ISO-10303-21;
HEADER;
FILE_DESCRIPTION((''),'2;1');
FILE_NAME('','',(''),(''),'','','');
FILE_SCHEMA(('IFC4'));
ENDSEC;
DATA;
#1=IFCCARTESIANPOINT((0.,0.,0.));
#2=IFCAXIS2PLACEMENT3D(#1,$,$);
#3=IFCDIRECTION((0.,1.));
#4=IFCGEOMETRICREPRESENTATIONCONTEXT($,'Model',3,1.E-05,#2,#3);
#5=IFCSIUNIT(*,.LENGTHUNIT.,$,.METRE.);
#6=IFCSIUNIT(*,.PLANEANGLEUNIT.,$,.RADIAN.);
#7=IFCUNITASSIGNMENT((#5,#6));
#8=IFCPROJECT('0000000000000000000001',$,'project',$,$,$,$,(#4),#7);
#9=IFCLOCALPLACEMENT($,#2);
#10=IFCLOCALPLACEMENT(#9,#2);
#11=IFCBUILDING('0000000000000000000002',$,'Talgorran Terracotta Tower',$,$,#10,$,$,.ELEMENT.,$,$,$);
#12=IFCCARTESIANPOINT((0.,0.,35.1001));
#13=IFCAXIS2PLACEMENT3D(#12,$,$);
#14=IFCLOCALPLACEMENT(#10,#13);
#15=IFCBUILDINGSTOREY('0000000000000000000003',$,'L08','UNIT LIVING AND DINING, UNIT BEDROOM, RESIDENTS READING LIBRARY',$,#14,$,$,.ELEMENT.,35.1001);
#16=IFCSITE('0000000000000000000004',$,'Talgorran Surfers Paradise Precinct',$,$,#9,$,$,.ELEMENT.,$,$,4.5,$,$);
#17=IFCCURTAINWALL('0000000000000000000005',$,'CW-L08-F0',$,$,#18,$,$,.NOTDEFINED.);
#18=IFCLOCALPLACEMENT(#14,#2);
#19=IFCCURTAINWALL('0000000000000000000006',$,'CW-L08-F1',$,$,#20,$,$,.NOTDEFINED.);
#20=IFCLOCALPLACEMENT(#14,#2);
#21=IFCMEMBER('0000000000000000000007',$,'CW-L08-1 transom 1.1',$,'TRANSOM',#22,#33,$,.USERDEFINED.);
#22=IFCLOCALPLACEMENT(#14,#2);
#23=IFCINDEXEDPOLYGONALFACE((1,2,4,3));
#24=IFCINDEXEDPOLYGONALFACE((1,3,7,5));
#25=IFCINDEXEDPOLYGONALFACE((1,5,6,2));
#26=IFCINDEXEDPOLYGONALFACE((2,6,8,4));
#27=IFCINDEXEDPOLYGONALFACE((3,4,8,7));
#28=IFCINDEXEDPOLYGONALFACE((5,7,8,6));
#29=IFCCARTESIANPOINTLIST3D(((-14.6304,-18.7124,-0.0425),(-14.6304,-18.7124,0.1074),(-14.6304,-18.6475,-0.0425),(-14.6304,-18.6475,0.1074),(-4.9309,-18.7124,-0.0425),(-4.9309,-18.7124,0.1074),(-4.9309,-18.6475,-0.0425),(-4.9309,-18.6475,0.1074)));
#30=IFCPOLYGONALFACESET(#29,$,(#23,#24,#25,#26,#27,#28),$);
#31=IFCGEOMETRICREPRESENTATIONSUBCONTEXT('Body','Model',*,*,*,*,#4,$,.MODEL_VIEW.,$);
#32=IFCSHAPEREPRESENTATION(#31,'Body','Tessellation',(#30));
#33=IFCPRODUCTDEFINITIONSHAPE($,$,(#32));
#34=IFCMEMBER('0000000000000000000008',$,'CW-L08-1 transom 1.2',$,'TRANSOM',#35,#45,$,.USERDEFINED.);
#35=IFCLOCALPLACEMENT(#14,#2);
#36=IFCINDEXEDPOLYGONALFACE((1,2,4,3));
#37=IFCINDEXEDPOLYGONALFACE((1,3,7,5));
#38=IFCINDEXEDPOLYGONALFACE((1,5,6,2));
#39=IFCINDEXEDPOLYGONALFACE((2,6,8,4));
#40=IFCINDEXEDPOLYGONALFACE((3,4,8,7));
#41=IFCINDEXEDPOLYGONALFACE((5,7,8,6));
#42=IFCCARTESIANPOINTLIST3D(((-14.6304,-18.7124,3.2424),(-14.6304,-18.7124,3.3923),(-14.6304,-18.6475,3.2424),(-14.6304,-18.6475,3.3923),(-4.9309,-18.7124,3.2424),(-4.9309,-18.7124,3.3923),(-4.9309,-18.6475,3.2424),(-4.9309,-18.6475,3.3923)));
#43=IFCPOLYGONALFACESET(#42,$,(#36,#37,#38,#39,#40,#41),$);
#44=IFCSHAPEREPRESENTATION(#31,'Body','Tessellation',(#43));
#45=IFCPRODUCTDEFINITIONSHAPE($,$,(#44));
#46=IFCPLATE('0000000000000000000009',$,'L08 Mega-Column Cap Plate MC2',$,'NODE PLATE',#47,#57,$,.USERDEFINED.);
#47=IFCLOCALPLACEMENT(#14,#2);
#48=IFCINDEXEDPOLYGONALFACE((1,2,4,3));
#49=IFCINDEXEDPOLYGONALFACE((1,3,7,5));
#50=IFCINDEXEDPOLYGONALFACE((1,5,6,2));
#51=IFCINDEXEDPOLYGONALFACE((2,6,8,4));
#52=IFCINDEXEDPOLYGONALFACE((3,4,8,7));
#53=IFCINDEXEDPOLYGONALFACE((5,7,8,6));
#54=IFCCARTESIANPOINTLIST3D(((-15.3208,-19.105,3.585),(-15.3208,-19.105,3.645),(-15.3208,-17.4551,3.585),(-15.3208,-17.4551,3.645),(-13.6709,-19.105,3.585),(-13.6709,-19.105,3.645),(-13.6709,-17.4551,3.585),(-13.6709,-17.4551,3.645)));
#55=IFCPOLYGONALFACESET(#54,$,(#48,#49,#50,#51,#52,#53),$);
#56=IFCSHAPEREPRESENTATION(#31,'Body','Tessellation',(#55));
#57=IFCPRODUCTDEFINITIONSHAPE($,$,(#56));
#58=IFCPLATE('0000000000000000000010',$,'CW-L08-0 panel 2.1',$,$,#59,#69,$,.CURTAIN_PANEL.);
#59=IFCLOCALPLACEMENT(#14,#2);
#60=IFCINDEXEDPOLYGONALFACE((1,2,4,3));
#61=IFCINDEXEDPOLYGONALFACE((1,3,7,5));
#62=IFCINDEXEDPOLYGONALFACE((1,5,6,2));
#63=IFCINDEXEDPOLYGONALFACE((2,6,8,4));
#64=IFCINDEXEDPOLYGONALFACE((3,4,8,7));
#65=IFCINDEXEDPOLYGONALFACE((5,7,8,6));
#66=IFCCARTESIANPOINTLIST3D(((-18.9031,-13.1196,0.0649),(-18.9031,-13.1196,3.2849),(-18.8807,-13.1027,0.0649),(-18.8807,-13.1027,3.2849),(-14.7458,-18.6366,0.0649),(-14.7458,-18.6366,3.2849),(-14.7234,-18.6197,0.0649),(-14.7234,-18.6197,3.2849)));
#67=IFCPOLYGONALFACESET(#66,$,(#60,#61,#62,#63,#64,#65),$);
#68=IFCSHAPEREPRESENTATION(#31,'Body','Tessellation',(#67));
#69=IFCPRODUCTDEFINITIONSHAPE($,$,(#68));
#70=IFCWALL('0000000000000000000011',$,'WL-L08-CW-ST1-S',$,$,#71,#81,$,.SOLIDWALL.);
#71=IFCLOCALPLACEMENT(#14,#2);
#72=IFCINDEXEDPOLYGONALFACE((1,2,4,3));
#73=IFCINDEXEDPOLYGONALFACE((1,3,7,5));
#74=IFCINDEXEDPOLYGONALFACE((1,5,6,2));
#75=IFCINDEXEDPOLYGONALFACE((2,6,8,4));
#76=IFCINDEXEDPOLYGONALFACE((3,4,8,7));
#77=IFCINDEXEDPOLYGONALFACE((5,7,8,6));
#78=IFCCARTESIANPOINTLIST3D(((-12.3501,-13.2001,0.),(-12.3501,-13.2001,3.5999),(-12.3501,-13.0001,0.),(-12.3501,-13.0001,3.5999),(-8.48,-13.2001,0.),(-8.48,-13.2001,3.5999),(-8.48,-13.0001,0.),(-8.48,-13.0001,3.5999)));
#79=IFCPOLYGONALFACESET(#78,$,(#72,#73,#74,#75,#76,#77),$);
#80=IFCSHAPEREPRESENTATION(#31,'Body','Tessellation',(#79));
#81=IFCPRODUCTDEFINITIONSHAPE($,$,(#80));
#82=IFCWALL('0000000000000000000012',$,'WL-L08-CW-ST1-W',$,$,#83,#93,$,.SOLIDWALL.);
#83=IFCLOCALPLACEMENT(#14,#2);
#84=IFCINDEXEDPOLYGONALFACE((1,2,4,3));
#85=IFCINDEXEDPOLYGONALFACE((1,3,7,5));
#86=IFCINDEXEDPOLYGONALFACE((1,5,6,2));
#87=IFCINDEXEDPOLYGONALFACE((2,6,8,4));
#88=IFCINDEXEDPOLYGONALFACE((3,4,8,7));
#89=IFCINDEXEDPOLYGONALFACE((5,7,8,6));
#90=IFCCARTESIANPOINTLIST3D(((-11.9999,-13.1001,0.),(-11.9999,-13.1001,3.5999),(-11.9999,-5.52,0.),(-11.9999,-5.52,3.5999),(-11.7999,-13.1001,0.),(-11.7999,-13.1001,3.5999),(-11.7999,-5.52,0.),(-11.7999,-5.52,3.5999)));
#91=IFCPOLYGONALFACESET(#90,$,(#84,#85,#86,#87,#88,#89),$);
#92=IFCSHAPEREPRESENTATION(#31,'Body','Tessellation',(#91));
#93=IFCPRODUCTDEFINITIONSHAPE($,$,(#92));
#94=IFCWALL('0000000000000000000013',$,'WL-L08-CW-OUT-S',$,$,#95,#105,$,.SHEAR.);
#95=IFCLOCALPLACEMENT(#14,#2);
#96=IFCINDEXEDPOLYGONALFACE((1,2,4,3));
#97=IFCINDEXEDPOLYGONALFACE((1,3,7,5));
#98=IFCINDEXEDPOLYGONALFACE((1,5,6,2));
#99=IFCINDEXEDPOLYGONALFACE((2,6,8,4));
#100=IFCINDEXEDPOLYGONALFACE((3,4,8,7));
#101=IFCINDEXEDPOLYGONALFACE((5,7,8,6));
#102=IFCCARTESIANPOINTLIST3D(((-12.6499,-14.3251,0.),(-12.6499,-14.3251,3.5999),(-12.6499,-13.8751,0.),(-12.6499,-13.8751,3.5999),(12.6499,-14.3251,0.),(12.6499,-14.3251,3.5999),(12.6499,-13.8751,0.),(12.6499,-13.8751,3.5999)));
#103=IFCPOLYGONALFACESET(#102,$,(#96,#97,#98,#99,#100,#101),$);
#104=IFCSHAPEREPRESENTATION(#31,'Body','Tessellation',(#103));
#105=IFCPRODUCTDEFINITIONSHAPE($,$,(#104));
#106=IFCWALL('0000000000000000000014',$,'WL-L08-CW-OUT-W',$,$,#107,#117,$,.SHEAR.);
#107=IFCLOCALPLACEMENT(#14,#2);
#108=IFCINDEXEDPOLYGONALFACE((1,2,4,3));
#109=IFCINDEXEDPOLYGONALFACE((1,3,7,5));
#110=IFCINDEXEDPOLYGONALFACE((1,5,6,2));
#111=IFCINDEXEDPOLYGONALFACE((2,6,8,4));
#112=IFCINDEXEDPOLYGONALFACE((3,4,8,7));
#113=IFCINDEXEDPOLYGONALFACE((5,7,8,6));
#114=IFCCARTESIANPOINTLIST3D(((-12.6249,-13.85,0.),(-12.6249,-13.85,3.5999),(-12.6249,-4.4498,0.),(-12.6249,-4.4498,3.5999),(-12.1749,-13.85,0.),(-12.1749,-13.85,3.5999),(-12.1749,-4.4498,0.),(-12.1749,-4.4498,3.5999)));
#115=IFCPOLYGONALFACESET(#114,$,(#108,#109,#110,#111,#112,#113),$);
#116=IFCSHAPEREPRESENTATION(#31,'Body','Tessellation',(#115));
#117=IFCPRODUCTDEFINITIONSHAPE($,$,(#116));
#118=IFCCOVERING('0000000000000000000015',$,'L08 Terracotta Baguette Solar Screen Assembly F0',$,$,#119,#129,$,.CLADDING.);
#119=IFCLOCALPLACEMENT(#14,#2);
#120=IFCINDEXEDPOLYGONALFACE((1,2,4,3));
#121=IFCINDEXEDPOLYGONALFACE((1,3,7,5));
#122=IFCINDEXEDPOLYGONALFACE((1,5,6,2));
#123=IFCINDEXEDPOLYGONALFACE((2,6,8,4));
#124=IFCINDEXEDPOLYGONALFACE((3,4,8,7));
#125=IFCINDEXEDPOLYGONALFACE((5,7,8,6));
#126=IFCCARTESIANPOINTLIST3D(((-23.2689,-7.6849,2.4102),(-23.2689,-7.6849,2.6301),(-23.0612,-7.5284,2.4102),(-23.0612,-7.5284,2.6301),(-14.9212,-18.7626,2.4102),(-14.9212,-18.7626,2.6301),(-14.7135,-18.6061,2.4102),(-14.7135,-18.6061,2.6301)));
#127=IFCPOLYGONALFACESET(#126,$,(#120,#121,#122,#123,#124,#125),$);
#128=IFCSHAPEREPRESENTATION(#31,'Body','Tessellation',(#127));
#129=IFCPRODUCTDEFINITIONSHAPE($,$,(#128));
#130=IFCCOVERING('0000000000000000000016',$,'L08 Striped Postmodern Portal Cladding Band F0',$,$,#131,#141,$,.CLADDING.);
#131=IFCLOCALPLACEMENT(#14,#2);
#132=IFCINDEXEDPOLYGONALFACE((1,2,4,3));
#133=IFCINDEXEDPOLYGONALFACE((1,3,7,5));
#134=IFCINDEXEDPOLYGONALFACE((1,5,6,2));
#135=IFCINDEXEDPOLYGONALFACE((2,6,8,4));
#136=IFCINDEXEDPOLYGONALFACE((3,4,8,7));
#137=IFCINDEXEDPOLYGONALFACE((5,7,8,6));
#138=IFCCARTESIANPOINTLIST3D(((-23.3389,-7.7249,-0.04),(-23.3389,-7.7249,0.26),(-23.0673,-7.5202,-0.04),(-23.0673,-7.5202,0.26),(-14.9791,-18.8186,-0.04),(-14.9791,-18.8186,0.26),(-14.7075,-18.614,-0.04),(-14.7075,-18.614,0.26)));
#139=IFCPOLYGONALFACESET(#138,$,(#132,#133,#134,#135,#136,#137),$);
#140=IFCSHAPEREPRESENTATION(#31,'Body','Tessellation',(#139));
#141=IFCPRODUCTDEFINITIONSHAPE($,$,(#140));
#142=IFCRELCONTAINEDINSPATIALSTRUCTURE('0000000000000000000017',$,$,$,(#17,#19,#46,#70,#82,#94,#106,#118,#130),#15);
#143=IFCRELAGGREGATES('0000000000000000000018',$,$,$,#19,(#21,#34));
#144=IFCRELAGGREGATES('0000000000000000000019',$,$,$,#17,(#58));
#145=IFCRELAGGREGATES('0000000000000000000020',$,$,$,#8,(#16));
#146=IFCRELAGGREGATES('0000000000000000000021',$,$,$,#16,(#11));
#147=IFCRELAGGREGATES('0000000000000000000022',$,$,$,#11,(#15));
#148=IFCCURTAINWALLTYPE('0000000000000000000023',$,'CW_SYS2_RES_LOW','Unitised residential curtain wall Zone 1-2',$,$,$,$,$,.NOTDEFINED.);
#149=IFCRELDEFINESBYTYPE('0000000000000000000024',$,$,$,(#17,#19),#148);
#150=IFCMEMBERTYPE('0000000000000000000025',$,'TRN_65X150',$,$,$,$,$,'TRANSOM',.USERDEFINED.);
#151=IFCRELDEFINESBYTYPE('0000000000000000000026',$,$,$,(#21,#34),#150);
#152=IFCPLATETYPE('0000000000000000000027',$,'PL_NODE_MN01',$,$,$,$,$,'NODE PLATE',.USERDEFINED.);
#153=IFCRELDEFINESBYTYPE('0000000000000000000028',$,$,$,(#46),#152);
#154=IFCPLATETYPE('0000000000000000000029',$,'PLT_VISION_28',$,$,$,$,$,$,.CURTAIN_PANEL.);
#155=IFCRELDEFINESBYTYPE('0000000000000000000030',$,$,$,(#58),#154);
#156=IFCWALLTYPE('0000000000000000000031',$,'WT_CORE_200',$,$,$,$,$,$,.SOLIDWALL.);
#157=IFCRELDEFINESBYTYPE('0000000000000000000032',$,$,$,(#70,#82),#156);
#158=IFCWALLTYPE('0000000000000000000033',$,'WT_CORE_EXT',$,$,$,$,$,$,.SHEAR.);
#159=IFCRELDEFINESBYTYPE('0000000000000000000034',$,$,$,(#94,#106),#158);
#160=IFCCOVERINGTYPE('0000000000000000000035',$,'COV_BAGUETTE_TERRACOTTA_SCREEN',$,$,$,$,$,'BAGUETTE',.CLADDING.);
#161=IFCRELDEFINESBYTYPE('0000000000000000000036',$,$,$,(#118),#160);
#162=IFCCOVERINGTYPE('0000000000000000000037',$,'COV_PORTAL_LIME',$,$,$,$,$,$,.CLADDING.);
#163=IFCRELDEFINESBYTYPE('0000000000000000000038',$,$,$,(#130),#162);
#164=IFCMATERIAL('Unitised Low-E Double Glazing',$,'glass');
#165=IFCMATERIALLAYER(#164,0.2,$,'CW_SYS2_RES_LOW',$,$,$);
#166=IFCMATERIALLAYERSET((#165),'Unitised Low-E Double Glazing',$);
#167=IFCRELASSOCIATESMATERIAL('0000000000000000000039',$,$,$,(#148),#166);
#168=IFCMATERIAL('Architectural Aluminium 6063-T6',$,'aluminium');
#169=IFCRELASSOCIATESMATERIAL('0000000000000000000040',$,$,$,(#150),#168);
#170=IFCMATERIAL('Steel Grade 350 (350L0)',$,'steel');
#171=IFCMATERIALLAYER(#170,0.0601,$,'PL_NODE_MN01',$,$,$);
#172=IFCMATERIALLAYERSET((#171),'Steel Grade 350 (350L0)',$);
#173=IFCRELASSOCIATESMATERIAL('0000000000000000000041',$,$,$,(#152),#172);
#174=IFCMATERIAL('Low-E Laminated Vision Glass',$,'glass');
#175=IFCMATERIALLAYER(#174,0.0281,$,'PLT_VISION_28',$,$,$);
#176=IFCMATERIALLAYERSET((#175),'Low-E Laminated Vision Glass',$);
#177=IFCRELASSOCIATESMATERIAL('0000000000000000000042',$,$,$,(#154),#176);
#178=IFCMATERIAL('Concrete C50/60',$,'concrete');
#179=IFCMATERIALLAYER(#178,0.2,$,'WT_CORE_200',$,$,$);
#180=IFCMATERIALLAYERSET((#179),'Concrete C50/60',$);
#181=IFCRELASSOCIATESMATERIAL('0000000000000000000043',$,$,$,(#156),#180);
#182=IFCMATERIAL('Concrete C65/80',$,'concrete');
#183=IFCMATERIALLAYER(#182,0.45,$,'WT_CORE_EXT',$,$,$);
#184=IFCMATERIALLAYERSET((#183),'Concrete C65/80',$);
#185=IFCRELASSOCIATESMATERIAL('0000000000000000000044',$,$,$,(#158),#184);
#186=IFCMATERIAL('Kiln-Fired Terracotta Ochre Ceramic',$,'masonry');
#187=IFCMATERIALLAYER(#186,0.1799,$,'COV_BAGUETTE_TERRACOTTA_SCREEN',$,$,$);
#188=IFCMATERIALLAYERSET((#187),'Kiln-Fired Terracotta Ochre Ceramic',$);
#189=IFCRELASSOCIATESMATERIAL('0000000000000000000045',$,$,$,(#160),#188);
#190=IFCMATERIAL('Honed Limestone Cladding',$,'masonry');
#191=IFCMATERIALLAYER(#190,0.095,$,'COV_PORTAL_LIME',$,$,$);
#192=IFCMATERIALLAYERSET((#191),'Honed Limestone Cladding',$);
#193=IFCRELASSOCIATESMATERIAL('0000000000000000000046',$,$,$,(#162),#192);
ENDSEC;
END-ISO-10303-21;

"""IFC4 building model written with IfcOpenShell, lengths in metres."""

from ifc_helpers import new_model, si_unit, direction, frame, frame_2d, origin, origin_2d, place, context, subcontext, project, spatial, rectangle, extrude, source, transform, mapped, material, layer, layer_set, material_profile, profile_set, type_object, type_shapes, element, aggregate, save


model = new_model("IFC4")

# Units and contexts
model_context = context("Model", 3, precision=1e-05, world=origin(), true_north=direction((0.0, 1.0)))
body_context = subcontext(model_context, "Body", "Model", "MODEL_VIEW")
ifc_project = project(units=[si_unit("LENGTHUNIT", "METRE"), si_unit("PLANEANGLEUNIT", "RADIAN")], contexts=[model_context])

# Site, building, storey
site_placement = place(None, origin())
site = spatial("IfcSite", under=ifc_project, at=site_placement, Name="Talgorran Surfers Paradise Precinct", CompositionType="ELEMENT", RefElevation=4.5)
building_placement = place(site_placement, origin())
building = spatial("IfcBuilding", under=site, at=building_placement, Name="Talgorran Terracotta Tower", CompositionType="ELEMENT")
storey_placement = place(building_placement, frame((0.0, 0.0, 35.1001)))
storey = spatial("IfcBuildingStorey", under=building, at=storey_placement, Name="L08", Description="UNIT LIVING AND DINING, UNIT BEDROOM, RESIDENTS READING LIBRARY", CompositionType="ELEMENT", Elevation=35.1001)

# Shared definitions
ifc_material_1 = material(Name="Steel Grade 350 (350L0)", Category="steel")

# Curtain wall
ifc_material_2 = material(Name="Unitised Low-E Double Glazing", Category="glass")
ifc_layer_1 = layer(ifc_material_2, 0.2, Name="CW_SYS2_RES_LOW")
ifc_layer_set_1 = layer_set([ifc_layer_1], Name="Unitised Low-E Double Glazing")
curtain_wall_type = type_object("IfcCurtainWallType", Name="CW_SYS2_RES_LOW", Description="Unitised residential curtain wall Zone 1-2", PredefinedType="NOTDEFINED", material=ifc_layer_set_1)
curtain_wall_1_placement = place(storey_placement, origin())
curtain_wall_1 = element("IfcCurtainWall", 1, at=curtain_wall_1_placement, inside=storey, type_object=curtain_wall_type, Name="CW-L08-F0", PredefinedType="NOTDEFINED")
ifc_material_3 = material(Name="Architectural Aluminium 6063-T6", Category="aluminium")

# Curtain wall
curtain_wall_2_placement = place(storey_placement, origin())
curtain_wall_2 = element("IfcCurtainWall", 2, at=curtain_wall_2_placement, inside=storey, type_object=curtain_wall_type, Name="CW-L08-F1", PredefinedType="NOTDEFINED")

# Members
ifc_material_profile_1 = material_profile(ifc_material_3, rectangle(XDim=0.0649, YDim=0.1499, at=origin_2d()), Name="CWT65X150")
ifc_profile_set_1 = profile_set([ifc_material_profile_1], Name="Architectural Aluminium 6063-T6")
member_type_1 = type_object("IfcMemberType", Name="TRN_65X150", ElementType="TRANSOM", PredefinedType="USERDEFINED", material=ifc_profile_set_1)
member_1_placement = place(storey_placement, frame((-14.6304, -18.6799, 0.0325), z_axis=(1.0, 0.0, 0.0), x_axis=(0.0, 1.0, 0.0)))
member_1 = element("IfcMember", 3, at=member_1_placement, type_object=member_type_1, Name="CW-L08-1 transom 1.1", ObjectType="TRANSOM", PredefinedType="USERDEFINED", context=body_context, shape_type="SweptSolid", body=[
    extrude(rectangle(XDim=0.0649, YDim=0.1499, at=origin_2d()), origin(), (0.0, 0.0, 1.0), 9.6995),
])
member_2_placement = place(storey_placement, frame((-14.6304, -18.6799, 3.3174), z_axis=(1.0, 0.0, 0.0), x_axis=(0.0, 1.0, 0.0)))
member_2 = element("IfcMember", 4, at=member_2_placement, type_object=member_type_1, Name="CW-L08-1 transom 1.2", ObjectType="TRANSOM", PredefinedType="USERDEFINED", context=body_context, shape_type="SweptSolid", body=[
    extrude(rectangle(XDim=0.0649, YDim=0.1499, at=origin_2d()), origin(), (0.0, 0.0, 1.0), 9.6995),
])
aggregate(curtain_wall_2, [member_1, member_2])

# Plates
ifc_layer_2 = layer(ifc_material_1, 0.0601, Name="PL_NODE_MN01")
ifc_layer_set_2 = layer_set([ifc_layer_2], Name="Steel Grade 350 (350L0)")
plate_type_1 = type_object("IfcPlateType", Name="PL_NODE_MN01", ElementType="NODE PLATE", PredefinedType="USERDEFINED", material=ifc_layer_set_2)
plate_1_placement = place(storey_placement, frame((-14.4958, -18.28, 3.585), z_axis=(0.0, 0.0, 1.0), x_axis=(1.0, 0.0, 0.0)))
element("IfcPlate", 5, at=plate_1_placement, inside=storey, type_object=plate_type_1, Name="L08 Mega-Column Cap Plate MC2", ObjectType="NODE PLATE", PredefinedType="USERDEFINED", context=body_context, shape_type="SweptSolid", body=[
    extrude(rectangle(XDim=1.6499, YDim=1.6499, at=origin_2d()), origin(), (0.0, 0.0, 1.0), 0.0601),
])
ifc_material_4 = material(Name="Low-E Laminated Vision Glass", Category="glass")
ifc_layer_3 = layer(ifc_material_4, 0.0281, Name="PLT_VISION_28")
ifc_layer_set_3 = layer_set([ifc_layer_3], Name="Low-E Laminated Vision Glass")
plate_type_2 = type_object("IfcPlateType", Name="PLT_VISION_28", PredefinedType="CURTAIN_PANEL", material=ifc_layer_set_3)
shared_shape = source(origin(), body_context, "Body", "SweptSolid", [
    extrude(rectangle(XDim=6.908, YDim=0.0281, at=origin_2d()), origin(), (0.0, 0.0, 1.0), 3.22),
])
type_shapes(plate_type_2, [shared_shape])
plate_2_placement = place(storey_placement, frame((-16.8132, -15.8696, 0.0649), z_axis=(0.0, 0.0, 1.0), x_axis=(0.601812, -0.798638, 0.0)))
plate_2 = element("IfcPlate", 6, at=plate_2_placement, type_object=plate_type_2, Name="CW-L08-0 panel 2.1", PredefinedType="CURTAIN_PANEL", context=body_context, shape_type="MappedRepresentation", body=[
    mapped(shared_shape, transform((0.0, 0.0, 0.0), scale=1.0)),
])
aggregate(curtain_wall_1, [plate_2])

# Walls
ifc_material_5 = material(Name="Concrete C50/60", Category="concrete")
ifc_layer_4 = layer(ifc_material_5, 0.2, Name="WT_CORE_200")
ifc_layer_set_4 = layer_set([ifc_layer_4], Name="Concrete C50/60")
wall_type_1 = type_object("IfcWallType", Name="WT_CORE_200", PredefinedType="SOLIDWALL", material=ifc_layer_set_4)
wall_1_placement = place(storey_placement, frame((-12.3501, -13.1001, 0.0), z_axis=(0.0, 0.0, 1.0), x_axis=(1.0, 0.0, 0.0)))
element("IfcWall", 7, at=wall_1_placement, inside=storey, type_object=wall_type_1, Name="WL-L08-CW-ST1-S", PredefinedType="SOLIDWALL", context=body_context, shape_type="SweptSolid", body=[
    extrude(rectangle(XDim=3.8701, YDim=0.2, at=frame_2d((1.9351, 0.0))), origin(), (0.0, 0.0, 1.0), 3.5999),
])
wall_2_placement = place(storey_placement, frame((-11.8999, -13.1001, 0.0), z_axis=(0.0, 0.0, 1.0), x_axis=(0.0, 1.0, 0.0)))
element("IfcWall", 8, at=wall_2_placement, inside=storey, type_object=wall_type_1, Name="WL-L08-CW-ST1-W", PredefinedType="SOLIDWALL", context=body_context, shape_type="SweptSolid", body=[
    extrude(rectangle(XDim=7.5801, YDim=0.2, at=frame_2d((3.79, 0.0))), origin(), (0.0, 0.0, 1.0), 3.5999),
])
ifc_material_6 = material(Name="Concrete C65/80", Category="concrete")
ifc_layer_5 = layer(ifc_material_6, 0.45, Name="WT_CORE_EXT")
ifc_layer_set_5 = layer_set([ifc_layer_5], Name="Concrete C65/80")
wall_type_2 = type_object("IfcWallType", Name="WT_CORE_EXT", PredefinedType="SHEAR", material=ifc_layer_set_5)
wall_3_placement = place(storey_placement, frame((-12.6499, -14.1001, 0.0), z_axis=(0.0, 0.0, 1.0), x_axis=(1.0, 0.0, 0.0)))
element("IfcWall", 9, at=wall_3_placement, inside=storey, type_object=wall_type_2, Name="WL-L08-CW-OUT-S", PredefinedType="SHEAR", context=body_context, shape_type="SweptSolid", body=[
    extrude(rectangle(XDim=25.2998, YDim=0.45, at=frame_2d((12.6499, 0.0))), origin(), (0.0, 0.0, 1.0), 3.5999),
])
wall_4_placement = place(storey_placement, frame((-12.3999, -13.8501, 0.0), z_axis=(0.0, 0.0, 1.0), x_axis=(0.0, 1.0, 0.0)))
element("IfcWall", 10, at=wall_4_placement, inside=storey, type_object=wall_type_2, Name="WL-L08-CW-OUT-W", PredefinedType="SHEAR", context=body_context, shape_type="SweptSolid", body=[
    extrude(rectangle(XDim=9.4001, YDim=0.45, at=frame_2d((4.7002, 0.0))), origin(), (0.0, 0.0, 1.0), 3.5999),
])

# Coverings
ifc_material_7 = material(Name="Kiln-Fired Terracotta Ochre Ceramic", Category="masonry")
ifc_layer_6 = layer(ifc_material_7, 0.1799, Name="COV_BAGUETTE_TERRACOTTA_SCREEN")
ifc_layer_set_6 = layer_set([ifc_layer_6], Name="Kiln-Fired Terracotta Ochre Ceramic")
covering_type_1 = type_object("IfcCoveringType", Name="COV_BAGUETTE_TERRACOTTA_SCREEN", ElementType="BAGUETTE", PredefinedType="CLADDING", material=ifc_layer_set_6)
covering_1_placement = place(storey_placement, frame((-18.9912, -13.1455, 2.4102), z_axis=(0.0, 0.0, 1.0), x_axis=(0.601815, -0.798636, 0.0)))
element("IfcCovering", 11, at=covering_1_placement, inside=storey, type_object=covering_type_1, Name="L08 Terracotta Baguette Solar Screen Assembly F0", PredefinedType="CLADDING", context=body_context, shape_type="SweptSolid", body=[
    extrude(rectangle(XDim=13.8708, YDim=0.26, at=origin_2d()), origin(), (0.0, 0.0, 1.0), 0.22),
])
ifc_material_8 = material(Name="Honed Limestone Cladding", Category="masonry")
ifc_layer_7 = layer(ifc_material_8, 0.095, Name="COV_PORTAL_LIME")
ifc_layer_set_7 = layer_set([ifc_layer_7], Name="Honed Limestone Cladding")
covering_type_2 = type_object("IfcCoveringType", Name="COV_PORTAL_LIME", PredefinedType="CLADDING", material=ifc_layer_set_7)
covering_2_placement = place(storey_placement, frame((-19.0232, -13.1694, -0.04), z_axis=(0.0, 0.0, 1.0), x_axis=(0.601815, -0.798636, 0.0)))
element("IfcCovering", 12, at=covering_2_placement, inside=storey, type_object=covering_type_2, Name="L08 Striped Postmodern Portal Cladding Band F0", PredefinedType="CLADDING", context=body_context, shape_type="SweptSolid", body=[
    extrude(rectangle(XDim=13.8909, YDim=0.3401, at=origin_2d()), origin(), (0.0, 0.0, 1.0), 0.3),
])

save(model, "model.ifc")
